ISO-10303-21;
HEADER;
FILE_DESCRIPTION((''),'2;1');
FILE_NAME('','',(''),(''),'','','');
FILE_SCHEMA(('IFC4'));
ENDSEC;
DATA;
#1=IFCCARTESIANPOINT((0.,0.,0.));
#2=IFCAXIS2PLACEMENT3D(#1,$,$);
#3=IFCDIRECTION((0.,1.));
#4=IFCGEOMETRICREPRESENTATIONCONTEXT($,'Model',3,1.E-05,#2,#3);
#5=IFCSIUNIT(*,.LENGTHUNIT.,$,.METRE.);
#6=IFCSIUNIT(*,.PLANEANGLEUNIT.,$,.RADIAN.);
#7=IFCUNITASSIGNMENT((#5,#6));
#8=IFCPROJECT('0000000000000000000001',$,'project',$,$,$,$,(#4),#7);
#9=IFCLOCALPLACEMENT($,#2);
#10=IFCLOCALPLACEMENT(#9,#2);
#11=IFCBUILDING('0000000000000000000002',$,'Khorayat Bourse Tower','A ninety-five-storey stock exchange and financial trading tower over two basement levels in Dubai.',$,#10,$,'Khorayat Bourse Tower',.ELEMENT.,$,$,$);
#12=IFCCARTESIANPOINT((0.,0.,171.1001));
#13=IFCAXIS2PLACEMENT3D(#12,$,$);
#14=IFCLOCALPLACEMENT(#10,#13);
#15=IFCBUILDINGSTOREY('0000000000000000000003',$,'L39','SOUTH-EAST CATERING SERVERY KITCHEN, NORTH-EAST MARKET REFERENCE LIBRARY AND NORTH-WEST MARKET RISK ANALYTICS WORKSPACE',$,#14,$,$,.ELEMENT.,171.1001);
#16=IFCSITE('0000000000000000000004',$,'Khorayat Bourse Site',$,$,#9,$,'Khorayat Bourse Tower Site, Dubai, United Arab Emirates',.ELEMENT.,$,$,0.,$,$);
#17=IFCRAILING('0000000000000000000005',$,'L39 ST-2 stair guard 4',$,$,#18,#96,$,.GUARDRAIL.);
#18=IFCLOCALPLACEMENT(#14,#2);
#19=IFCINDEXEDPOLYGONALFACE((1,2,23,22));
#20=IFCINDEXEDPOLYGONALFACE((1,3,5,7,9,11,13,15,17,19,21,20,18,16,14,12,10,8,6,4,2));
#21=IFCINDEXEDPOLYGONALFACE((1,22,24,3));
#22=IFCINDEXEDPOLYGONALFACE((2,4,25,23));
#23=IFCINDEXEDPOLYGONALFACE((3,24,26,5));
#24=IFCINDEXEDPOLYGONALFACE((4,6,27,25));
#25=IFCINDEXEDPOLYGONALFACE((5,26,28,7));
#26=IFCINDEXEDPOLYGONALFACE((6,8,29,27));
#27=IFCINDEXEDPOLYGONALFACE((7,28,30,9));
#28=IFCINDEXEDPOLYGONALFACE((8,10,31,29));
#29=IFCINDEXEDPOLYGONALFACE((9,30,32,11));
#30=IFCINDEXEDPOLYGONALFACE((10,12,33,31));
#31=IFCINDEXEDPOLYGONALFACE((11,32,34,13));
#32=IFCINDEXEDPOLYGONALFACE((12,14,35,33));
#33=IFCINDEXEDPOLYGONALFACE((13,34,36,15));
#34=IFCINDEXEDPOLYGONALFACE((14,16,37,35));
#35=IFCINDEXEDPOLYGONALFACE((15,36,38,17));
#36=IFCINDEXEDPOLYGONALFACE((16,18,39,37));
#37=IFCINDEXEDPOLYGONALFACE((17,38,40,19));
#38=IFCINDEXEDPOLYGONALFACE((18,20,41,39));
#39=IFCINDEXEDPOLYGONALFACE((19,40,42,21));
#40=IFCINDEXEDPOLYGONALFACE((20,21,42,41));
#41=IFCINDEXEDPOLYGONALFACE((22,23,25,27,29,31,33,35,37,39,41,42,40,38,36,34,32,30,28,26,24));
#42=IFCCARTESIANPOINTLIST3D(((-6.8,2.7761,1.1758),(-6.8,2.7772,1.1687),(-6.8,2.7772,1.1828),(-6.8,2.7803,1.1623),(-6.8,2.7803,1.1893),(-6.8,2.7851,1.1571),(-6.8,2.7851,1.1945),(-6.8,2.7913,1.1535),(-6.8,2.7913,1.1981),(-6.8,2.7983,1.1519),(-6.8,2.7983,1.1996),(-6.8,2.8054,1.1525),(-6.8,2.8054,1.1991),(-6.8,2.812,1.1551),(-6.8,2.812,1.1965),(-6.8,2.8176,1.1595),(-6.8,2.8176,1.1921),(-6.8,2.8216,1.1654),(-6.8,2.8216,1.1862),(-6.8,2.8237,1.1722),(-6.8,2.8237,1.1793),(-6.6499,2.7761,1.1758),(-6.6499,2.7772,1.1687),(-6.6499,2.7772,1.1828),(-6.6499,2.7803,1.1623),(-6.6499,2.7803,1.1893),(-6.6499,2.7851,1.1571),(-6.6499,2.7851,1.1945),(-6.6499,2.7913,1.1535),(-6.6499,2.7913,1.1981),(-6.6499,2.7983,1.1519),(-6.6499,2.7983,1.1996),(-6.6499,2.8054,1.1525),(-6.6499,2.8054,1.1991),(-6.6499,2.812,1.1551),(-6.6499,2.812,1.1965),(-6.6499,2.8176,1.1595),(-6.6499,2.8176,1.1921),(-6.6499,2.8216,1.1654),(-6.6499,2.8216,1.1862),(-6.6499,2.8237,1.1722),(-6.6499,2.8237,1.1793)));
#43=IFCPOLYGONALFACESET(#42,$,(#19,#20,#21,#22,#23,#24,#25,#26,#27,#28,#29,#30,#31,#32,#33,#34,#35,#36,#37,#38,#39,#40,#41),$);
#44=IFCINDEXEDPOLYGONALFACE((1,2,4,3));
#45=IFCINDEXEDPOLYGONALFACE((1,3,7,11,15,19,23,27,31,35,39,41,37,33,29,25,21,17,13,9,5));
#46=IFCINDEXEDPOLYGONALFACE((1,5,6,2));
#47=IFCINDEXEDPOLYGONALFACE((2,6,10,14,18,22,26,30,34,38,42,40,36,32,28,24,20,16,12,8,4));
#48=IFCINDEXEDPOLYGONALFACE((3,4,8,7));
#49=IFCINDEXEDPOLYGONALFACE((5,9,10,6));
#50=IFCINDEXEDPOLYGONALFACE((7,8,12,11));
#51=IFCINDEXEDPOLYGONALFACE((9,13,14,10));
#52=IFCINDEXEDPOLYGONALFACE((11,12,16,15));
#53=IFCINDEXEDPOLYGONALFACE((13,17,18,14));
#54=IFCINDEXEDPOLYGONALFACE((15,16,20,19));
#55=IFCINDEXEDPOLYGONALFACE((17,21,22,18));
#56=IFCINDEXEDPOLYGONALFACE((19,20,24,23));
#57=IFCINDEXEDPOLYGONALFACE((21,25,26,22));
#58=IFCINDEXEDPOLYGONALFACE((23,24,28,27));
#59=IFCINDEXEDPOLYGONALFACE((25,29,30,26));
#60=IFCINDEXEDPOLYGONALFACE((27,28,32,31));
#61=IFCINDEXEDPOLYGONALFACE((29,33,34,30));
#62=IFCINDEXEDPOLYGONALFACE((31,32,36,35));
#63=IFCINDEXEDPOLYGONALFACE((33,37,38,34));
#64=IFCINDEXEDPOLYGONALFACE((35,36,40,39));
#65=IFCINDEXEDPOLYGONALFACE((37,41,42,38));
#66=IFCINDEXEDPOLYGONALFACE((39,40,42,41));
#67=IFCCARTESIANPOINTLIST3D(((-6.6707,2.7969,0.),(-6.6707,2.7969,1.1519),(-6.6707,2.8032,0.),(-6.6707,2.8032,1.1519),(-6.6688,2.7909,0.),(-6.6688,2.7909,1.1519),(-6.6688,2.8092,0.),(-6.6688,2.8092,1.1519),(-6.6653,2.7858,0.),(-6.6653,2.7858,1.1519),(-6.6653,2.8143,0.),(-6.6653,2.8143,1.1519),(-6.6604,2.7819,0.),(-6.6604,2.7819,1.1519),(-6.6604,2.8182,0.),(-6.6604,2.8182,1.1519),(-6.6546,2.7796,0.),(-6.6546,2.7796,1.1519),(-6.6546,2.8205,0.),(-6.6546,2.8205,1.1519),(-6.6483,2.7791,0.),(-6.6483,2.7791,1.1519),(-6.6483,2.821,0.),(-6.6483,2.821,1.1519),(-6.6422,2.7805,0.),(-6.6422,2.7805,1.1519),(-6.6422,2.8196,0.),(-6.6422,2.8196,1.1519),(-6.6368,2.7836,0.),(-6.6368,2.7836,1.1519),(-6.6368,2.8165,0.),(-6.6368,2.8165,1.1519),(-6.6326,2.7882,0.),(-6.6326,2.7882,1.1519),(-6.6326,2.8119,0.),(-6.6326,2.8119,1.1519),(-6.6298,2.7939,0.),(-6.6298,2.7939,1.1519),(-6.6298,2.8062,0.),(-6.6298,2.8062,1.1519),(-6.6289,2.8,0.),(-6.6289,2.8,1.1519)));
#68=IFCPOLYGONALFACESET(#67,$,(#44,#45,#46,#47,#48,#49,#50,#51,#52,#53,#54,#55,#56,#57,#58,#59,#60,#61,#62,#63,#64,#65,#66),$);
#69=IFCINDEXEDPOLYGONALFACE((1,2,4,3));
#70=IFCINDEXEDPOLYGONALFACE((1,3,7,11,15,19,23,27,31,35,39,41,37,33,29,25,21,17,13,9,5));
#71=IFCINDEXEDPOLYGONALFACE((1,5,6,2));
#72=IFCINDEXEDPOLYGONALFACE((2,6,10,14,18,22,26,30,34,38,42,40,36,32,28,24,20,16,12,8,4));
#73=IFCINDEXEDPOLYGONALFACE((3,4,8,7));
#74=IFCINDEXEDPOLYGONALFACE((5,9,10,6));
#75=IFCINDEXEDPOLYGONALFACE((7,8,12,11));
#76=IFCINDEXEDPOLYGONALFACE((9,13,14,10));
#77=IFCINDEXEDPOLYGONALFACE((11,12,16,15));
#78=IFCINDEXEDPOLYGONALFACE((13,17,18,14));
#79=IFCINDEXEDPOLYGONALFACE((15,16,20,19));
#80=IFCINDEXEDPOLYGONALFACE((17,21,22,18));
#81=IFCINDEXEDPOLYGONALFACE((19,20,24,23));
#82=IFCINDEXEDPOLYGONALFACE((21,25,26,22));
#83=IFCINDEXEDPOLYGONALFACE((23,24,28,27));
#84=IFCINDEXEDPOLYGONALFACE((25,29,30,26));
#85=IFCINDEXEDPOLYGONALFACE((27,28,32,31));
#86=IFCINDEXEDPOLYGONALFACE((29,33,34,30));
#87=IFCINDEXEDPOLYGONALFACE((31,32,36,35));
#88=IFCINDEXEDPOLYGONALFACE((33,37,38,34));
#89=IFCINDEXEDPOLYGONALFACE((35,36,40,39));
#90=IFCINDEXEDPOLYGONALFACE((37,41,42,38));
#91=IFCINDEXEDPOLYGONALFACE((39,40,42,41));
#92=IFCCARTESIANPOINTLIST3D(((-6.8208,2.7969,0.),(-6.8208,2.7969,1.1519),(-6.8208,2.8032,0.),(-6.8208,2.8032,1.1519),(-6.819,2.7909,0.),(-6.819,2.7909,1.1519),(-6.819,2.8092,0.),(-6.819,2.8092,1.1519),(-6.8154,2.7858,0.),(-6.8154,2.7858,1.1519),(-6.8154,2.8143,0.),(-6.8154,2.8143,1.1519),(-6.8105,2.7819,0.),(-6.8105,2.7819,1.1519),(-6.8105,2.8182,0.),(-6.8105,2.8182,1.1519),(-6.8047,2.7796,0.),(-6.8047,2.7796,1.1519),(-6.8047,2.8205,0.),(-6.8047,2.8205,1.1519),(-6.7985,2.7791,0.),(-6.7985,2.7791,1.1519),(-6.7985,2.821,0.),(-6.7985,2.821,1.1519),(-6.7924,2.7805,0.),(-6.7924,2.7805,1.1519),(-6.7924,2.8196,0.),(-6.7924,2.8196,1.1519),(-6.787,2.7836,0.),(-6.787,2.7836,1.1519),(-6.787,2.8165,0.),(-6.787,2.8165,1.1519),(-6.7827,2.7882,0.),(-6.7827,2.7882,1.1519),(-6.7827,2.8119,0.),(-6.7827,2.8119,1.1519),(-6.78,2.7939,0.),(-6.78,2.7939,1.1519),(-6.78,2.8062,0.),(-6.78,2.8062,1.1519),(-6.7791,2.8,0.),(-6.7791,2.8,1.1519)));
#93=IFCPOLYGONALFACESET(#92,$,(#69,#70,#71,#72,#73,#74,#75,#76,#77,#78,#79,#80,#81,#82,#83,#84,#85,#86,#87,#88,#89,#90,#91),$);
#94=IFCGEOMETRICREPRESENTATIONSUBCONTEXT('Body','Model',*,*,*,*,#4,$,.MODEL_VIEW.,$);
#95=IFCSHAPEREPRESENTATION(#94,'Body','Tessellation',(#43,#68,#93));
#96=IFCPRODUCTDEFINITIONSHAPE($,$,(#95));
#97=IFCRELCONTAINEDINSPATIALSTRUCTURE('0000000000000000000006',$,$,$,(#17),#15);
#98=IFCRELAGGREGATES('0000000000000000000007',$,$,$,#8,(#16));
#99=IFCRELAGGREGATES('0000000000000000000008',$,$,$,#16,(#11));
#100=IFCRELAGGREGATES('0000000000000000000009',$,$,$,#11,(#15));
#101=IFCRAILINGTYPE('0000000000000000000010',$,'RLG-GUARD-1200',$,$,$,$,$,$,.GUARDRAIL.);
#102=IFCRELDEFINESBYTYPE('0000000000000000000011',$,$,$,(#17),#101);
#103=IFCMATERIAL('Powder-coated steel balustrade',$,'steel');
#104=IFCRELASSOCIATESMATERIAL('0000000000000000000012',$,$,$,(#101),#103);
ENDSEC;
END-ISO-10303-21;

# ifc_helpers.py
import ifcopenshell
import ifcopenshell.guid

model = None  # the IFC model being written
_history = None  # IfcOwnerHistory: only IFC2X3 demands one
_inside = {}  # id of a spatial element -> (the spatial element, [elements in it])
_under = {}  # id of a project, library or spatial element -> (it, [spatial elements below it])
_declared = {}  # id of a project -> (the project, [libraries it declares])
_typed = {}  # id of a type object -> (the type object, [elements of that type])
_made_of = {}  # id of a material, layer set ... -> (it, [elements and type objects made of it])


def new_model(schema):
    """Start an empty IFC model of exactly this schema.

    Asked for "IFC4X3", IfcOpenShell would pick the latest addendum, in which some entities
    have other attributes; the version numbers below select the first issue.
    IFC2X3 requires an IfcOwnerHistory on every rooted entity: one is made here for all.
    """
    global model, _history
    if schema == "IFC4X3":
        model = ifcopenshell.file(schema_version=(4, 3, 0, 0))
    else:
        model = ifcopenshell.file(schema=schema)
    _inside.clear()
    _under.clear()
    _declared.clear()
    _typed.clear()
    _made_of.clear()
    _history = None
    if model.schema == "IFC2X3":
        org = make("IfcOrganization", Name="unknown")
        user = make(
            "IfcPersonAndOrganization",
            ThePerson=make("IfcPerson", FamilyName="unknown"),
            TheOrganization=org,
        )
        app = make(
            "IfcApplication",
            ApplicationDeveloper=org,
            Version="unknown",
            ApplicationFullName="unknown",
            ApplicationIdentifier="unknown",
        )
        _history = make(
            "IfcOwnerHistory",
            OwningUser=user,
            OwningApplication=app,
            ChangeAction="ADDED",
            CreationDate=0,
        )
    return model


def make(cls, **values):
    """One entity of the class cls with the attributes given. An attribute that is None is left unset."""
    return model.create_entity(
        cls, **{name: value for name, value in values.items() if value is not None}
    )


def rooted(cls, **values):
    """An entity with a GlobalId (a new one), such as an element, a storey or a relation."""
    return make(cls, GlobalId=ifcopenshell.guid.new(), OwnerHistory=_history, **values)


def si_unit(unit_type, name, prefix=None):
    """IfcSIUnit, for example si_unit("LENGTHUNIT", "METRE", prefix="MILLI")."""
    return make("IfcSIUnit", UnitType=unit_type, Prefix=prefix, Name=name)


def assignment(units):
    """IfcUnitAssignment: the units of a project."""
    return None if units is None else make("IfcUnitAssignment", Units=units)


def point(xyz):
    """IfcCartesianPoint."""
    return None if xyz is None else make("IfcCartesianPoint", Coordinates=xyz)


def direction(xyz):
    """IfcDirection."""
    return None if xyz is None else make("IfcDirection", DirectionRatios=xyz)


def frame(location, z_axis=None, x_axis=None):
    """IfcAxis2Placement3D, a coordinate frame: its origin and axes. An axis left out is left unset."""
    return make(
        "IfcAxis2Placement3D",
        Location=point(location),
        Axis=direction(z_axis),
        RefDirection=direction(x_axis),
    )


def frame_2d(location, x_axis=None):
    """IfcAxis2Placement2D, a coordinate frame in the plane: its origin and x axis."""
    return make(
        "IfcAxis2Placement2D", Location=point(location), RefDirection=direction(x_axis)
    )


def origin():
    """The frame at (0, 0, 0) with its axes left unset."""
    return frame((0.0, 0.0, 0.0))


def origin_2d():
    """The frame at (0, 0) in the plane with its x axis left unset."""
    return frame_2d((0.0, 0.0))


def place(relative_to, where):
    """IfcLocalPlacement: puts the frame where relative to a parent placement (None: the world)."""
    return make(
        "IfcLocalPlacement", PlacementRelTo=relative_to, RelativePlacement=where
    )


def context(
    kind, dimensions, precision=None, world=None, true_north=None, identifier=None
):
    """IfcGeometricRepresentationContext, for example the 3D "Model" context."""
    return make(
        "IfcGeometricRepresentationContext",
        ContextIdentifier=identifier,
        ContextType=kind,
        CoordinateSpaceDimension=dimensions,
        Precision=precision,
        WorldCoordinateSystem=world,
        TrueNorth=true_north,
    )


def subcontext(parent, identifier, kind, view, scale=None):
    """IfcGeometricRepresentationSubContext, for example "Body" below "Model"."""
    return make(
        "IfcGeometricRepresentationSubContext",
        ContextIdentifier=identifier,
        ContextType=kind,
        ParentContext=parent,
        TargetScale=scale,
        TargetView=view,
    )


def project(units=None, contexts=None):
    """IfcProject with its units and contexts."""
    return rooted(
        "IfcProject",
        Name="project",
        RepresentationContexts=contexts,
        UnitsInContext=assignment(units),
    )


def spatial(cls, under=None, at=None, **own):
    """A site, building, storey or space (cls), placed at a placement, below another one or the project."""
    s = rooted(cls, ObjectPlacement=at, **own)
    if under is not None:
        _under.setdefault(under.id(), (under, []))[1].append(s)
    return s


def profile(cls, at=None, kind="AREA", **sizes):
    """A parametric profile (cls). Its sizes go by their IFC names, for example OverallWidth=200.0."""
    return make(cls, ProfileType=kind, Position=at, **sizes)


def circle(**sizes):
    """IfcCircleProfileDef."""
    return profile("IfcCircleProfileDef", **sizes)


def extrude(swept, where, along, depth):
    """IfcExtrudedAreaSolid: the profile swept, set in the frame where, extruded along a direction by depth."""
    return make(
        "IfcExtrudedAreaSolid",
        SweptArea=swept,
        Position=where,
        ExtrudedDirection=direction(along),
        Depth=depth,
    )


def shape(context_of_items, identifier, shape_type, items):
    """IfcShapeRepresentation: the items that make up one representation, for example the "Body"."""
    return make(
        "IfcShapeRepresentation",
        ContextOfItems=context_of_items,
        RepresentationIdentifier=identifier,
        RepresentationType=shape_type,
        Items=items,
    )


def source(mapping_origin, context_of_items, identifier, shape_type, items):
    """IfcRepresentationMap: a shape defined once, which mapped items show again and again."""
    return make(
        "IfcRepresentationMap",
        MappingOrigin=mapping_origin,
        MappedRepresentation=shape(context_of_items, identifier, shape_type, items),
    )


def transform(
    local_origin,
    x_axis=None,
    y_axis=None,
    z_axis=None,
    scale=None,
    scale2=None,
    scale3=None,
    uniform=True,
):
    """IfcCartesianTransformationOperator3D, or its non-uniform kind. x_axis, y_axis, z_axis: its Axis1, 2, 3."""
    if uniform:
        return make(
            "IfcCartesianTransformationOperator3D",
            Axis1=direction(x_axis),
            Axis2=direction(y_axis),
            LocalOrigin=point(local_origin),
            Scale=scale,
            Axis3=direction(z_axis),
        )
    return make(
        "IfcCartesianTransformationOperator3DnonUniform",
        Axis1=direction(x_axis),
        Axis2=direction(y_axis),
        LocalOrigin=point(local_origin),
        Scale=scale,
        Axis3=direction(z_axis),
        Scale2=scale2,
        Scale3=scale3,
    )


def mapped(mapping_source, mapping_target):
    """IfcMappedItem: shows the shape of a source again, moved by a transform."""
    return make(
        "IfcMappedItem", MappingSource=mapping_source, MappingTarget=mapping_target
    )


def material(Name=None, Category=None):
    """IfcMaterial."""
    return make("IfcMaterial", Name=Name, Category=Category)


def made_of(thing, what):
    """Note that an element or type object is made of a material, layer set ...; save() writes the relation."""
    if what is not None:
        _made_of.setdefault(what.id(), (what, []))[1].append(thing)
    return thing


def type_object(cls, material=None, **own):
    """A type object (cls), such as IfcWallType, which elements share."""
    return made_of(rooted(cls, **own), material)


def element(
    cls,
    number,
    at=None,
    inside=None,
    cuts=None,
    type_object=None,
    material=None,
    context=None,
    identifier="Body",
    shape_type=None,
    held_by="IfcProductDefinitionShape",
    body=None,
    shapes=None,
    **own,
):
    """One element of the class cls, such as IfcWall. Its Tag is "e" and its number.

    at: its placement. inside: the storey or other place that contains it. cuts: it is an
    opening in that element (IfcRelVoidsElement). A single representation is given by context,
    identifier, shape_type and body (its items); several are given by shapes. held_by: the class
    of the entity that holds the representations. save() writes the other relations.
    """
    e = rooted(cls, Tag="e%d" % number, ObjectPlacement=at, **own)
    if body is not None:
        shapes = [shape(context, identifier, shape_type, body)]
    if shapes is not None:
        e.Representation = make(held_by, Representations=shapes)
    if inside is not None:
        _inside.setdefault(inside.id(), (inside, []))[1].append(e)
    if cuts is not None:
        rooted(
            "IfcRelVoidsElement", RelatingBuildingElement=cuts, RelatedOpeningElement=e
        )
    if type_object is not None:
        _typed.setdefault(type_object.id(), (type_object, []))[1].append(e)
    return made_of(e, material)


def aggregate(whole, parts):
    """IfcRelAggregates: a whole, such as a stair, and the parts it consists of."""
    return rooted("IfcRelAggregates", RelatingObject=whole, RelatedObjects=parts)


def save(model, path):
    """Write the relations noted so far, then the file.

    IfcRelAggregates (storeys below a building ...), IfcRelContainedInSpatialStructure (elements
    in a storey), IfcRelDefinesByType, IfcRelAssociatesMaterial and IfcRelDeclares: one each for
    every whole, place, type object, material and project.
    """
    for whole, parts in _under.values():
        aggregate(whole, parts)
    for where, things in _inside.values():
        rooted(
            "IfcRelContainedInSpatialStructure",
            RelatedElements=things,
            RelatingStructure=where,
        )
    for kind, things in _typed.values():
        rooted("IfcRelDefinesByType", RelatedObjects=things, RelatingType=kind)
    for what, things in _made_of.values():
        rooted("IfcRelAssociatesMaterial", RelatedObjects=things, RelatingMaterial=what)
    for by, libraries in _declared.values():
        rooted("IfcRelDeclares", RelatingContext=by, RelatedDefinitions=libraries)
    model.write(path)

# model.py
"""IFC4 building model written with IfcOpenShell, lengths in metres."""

from ifc_helpers import new_model, si_unit, direction, frame, origin, origin_2d, place, context, subcontext, project, spatial, circle, extrude, source, transform, mapped, material, type_object, element, save


model = new_model("IFC4")

# Units and contexts
model_context = context("Model", 3, precision=1e-05, world=origin(), true_north=direction((0.0, 1.0)))
body_context = subcontext(model_context, "Body", "Model", "MODEL_VIEW")
ifc_project = project(units=[si_unit("LENGTHUNIT", "METRE"), si_unit("PLANEANGLEUNIT", "RADIAN")], contexts=[model_context])

# Site, building, storey
site_placement = place(None, origin())
site = spatial("IfcSite", under=ifc_project, at=site_placement, Name="Khorayat Bourse Site", LongName="Khorayat Bourse Tower Site, Dubai, United Arab Emirates", CompositionType="ELEMENT", RefElevation=0.0)
building_placement = place(site_placement, origin())
building = spatial("IfcBuilding", under=site, at=building_placement, Name="Khorayat Bourse Tower", Description="A ninety-five-storey stock exchange and financial trading tower over two basement levels in Dubai.", LongName="Khorayat Bourse Tower", CompositionType="ELEMENT")
storey_placement = place(building_placement, frame((0.0, 0.0, 171.1001)))
storey = spatial("IfcBuildingStorey", under=building, at=storey_placement, Name="L39", Description="SOUTH-EAST CATERING SERVERY KITCHEN, NORTH-EAST MARKET REFERENCE LIBRARY AND NORTH-WEST MARKET RISK ANALYTICS WORKSPACE", CompositionType="ELEMENT", Elevation=171.1001)

# Railing
ifc_material_1 = material(Name="Powder-coated steel balustrade", Category="steel")
railing_type_1 = type_object("IfcRailingType", Name="RLG-GUARD-1200", PredefinedType="GUARDRAIL", material=ifc_material_1)
shared_shape_1 = source(origin(), body_context, "Body", "SweptSolid", [
    extrude(circle(Radius=0.0239, at=origin_2d()), frame((0.0, 0.0, 1.1758), z_axis=(-1.0, 0.0, 0.0), x_axis=(0.0, -1.0, 0.0)), (0.0, 0.0, 1.0), 0.1501),
    extrude(circle(Radius=0.021, at=origin_2d()), origin(), (0.0, 0.0, 1.0), 1.1519),
    extrude(circle(Radius=0.021, at=origin_2d()), frame((-0.1501, 0.0, 0.0)), (0.0, 0.0, 1.0), 1.1519),
])
for number, where, name in (
    (1, (-6.6499, 2.8, 0.0), "L39 ST-2 stair guard 4"),
):
    element("IfcRailing", number, at=place(storey_placement, frame(where)), inside=storey, type_object=railing_type_1, Name=name, PredefinedType="GUARDRAIL", context=body_context, shape_type="MappedRepresentation", body=[
        mapped(shared_shape_1, transform((0.0, 0.0, 0.0), scale=1.0)),
    ])

save(model, "model.ifc")
